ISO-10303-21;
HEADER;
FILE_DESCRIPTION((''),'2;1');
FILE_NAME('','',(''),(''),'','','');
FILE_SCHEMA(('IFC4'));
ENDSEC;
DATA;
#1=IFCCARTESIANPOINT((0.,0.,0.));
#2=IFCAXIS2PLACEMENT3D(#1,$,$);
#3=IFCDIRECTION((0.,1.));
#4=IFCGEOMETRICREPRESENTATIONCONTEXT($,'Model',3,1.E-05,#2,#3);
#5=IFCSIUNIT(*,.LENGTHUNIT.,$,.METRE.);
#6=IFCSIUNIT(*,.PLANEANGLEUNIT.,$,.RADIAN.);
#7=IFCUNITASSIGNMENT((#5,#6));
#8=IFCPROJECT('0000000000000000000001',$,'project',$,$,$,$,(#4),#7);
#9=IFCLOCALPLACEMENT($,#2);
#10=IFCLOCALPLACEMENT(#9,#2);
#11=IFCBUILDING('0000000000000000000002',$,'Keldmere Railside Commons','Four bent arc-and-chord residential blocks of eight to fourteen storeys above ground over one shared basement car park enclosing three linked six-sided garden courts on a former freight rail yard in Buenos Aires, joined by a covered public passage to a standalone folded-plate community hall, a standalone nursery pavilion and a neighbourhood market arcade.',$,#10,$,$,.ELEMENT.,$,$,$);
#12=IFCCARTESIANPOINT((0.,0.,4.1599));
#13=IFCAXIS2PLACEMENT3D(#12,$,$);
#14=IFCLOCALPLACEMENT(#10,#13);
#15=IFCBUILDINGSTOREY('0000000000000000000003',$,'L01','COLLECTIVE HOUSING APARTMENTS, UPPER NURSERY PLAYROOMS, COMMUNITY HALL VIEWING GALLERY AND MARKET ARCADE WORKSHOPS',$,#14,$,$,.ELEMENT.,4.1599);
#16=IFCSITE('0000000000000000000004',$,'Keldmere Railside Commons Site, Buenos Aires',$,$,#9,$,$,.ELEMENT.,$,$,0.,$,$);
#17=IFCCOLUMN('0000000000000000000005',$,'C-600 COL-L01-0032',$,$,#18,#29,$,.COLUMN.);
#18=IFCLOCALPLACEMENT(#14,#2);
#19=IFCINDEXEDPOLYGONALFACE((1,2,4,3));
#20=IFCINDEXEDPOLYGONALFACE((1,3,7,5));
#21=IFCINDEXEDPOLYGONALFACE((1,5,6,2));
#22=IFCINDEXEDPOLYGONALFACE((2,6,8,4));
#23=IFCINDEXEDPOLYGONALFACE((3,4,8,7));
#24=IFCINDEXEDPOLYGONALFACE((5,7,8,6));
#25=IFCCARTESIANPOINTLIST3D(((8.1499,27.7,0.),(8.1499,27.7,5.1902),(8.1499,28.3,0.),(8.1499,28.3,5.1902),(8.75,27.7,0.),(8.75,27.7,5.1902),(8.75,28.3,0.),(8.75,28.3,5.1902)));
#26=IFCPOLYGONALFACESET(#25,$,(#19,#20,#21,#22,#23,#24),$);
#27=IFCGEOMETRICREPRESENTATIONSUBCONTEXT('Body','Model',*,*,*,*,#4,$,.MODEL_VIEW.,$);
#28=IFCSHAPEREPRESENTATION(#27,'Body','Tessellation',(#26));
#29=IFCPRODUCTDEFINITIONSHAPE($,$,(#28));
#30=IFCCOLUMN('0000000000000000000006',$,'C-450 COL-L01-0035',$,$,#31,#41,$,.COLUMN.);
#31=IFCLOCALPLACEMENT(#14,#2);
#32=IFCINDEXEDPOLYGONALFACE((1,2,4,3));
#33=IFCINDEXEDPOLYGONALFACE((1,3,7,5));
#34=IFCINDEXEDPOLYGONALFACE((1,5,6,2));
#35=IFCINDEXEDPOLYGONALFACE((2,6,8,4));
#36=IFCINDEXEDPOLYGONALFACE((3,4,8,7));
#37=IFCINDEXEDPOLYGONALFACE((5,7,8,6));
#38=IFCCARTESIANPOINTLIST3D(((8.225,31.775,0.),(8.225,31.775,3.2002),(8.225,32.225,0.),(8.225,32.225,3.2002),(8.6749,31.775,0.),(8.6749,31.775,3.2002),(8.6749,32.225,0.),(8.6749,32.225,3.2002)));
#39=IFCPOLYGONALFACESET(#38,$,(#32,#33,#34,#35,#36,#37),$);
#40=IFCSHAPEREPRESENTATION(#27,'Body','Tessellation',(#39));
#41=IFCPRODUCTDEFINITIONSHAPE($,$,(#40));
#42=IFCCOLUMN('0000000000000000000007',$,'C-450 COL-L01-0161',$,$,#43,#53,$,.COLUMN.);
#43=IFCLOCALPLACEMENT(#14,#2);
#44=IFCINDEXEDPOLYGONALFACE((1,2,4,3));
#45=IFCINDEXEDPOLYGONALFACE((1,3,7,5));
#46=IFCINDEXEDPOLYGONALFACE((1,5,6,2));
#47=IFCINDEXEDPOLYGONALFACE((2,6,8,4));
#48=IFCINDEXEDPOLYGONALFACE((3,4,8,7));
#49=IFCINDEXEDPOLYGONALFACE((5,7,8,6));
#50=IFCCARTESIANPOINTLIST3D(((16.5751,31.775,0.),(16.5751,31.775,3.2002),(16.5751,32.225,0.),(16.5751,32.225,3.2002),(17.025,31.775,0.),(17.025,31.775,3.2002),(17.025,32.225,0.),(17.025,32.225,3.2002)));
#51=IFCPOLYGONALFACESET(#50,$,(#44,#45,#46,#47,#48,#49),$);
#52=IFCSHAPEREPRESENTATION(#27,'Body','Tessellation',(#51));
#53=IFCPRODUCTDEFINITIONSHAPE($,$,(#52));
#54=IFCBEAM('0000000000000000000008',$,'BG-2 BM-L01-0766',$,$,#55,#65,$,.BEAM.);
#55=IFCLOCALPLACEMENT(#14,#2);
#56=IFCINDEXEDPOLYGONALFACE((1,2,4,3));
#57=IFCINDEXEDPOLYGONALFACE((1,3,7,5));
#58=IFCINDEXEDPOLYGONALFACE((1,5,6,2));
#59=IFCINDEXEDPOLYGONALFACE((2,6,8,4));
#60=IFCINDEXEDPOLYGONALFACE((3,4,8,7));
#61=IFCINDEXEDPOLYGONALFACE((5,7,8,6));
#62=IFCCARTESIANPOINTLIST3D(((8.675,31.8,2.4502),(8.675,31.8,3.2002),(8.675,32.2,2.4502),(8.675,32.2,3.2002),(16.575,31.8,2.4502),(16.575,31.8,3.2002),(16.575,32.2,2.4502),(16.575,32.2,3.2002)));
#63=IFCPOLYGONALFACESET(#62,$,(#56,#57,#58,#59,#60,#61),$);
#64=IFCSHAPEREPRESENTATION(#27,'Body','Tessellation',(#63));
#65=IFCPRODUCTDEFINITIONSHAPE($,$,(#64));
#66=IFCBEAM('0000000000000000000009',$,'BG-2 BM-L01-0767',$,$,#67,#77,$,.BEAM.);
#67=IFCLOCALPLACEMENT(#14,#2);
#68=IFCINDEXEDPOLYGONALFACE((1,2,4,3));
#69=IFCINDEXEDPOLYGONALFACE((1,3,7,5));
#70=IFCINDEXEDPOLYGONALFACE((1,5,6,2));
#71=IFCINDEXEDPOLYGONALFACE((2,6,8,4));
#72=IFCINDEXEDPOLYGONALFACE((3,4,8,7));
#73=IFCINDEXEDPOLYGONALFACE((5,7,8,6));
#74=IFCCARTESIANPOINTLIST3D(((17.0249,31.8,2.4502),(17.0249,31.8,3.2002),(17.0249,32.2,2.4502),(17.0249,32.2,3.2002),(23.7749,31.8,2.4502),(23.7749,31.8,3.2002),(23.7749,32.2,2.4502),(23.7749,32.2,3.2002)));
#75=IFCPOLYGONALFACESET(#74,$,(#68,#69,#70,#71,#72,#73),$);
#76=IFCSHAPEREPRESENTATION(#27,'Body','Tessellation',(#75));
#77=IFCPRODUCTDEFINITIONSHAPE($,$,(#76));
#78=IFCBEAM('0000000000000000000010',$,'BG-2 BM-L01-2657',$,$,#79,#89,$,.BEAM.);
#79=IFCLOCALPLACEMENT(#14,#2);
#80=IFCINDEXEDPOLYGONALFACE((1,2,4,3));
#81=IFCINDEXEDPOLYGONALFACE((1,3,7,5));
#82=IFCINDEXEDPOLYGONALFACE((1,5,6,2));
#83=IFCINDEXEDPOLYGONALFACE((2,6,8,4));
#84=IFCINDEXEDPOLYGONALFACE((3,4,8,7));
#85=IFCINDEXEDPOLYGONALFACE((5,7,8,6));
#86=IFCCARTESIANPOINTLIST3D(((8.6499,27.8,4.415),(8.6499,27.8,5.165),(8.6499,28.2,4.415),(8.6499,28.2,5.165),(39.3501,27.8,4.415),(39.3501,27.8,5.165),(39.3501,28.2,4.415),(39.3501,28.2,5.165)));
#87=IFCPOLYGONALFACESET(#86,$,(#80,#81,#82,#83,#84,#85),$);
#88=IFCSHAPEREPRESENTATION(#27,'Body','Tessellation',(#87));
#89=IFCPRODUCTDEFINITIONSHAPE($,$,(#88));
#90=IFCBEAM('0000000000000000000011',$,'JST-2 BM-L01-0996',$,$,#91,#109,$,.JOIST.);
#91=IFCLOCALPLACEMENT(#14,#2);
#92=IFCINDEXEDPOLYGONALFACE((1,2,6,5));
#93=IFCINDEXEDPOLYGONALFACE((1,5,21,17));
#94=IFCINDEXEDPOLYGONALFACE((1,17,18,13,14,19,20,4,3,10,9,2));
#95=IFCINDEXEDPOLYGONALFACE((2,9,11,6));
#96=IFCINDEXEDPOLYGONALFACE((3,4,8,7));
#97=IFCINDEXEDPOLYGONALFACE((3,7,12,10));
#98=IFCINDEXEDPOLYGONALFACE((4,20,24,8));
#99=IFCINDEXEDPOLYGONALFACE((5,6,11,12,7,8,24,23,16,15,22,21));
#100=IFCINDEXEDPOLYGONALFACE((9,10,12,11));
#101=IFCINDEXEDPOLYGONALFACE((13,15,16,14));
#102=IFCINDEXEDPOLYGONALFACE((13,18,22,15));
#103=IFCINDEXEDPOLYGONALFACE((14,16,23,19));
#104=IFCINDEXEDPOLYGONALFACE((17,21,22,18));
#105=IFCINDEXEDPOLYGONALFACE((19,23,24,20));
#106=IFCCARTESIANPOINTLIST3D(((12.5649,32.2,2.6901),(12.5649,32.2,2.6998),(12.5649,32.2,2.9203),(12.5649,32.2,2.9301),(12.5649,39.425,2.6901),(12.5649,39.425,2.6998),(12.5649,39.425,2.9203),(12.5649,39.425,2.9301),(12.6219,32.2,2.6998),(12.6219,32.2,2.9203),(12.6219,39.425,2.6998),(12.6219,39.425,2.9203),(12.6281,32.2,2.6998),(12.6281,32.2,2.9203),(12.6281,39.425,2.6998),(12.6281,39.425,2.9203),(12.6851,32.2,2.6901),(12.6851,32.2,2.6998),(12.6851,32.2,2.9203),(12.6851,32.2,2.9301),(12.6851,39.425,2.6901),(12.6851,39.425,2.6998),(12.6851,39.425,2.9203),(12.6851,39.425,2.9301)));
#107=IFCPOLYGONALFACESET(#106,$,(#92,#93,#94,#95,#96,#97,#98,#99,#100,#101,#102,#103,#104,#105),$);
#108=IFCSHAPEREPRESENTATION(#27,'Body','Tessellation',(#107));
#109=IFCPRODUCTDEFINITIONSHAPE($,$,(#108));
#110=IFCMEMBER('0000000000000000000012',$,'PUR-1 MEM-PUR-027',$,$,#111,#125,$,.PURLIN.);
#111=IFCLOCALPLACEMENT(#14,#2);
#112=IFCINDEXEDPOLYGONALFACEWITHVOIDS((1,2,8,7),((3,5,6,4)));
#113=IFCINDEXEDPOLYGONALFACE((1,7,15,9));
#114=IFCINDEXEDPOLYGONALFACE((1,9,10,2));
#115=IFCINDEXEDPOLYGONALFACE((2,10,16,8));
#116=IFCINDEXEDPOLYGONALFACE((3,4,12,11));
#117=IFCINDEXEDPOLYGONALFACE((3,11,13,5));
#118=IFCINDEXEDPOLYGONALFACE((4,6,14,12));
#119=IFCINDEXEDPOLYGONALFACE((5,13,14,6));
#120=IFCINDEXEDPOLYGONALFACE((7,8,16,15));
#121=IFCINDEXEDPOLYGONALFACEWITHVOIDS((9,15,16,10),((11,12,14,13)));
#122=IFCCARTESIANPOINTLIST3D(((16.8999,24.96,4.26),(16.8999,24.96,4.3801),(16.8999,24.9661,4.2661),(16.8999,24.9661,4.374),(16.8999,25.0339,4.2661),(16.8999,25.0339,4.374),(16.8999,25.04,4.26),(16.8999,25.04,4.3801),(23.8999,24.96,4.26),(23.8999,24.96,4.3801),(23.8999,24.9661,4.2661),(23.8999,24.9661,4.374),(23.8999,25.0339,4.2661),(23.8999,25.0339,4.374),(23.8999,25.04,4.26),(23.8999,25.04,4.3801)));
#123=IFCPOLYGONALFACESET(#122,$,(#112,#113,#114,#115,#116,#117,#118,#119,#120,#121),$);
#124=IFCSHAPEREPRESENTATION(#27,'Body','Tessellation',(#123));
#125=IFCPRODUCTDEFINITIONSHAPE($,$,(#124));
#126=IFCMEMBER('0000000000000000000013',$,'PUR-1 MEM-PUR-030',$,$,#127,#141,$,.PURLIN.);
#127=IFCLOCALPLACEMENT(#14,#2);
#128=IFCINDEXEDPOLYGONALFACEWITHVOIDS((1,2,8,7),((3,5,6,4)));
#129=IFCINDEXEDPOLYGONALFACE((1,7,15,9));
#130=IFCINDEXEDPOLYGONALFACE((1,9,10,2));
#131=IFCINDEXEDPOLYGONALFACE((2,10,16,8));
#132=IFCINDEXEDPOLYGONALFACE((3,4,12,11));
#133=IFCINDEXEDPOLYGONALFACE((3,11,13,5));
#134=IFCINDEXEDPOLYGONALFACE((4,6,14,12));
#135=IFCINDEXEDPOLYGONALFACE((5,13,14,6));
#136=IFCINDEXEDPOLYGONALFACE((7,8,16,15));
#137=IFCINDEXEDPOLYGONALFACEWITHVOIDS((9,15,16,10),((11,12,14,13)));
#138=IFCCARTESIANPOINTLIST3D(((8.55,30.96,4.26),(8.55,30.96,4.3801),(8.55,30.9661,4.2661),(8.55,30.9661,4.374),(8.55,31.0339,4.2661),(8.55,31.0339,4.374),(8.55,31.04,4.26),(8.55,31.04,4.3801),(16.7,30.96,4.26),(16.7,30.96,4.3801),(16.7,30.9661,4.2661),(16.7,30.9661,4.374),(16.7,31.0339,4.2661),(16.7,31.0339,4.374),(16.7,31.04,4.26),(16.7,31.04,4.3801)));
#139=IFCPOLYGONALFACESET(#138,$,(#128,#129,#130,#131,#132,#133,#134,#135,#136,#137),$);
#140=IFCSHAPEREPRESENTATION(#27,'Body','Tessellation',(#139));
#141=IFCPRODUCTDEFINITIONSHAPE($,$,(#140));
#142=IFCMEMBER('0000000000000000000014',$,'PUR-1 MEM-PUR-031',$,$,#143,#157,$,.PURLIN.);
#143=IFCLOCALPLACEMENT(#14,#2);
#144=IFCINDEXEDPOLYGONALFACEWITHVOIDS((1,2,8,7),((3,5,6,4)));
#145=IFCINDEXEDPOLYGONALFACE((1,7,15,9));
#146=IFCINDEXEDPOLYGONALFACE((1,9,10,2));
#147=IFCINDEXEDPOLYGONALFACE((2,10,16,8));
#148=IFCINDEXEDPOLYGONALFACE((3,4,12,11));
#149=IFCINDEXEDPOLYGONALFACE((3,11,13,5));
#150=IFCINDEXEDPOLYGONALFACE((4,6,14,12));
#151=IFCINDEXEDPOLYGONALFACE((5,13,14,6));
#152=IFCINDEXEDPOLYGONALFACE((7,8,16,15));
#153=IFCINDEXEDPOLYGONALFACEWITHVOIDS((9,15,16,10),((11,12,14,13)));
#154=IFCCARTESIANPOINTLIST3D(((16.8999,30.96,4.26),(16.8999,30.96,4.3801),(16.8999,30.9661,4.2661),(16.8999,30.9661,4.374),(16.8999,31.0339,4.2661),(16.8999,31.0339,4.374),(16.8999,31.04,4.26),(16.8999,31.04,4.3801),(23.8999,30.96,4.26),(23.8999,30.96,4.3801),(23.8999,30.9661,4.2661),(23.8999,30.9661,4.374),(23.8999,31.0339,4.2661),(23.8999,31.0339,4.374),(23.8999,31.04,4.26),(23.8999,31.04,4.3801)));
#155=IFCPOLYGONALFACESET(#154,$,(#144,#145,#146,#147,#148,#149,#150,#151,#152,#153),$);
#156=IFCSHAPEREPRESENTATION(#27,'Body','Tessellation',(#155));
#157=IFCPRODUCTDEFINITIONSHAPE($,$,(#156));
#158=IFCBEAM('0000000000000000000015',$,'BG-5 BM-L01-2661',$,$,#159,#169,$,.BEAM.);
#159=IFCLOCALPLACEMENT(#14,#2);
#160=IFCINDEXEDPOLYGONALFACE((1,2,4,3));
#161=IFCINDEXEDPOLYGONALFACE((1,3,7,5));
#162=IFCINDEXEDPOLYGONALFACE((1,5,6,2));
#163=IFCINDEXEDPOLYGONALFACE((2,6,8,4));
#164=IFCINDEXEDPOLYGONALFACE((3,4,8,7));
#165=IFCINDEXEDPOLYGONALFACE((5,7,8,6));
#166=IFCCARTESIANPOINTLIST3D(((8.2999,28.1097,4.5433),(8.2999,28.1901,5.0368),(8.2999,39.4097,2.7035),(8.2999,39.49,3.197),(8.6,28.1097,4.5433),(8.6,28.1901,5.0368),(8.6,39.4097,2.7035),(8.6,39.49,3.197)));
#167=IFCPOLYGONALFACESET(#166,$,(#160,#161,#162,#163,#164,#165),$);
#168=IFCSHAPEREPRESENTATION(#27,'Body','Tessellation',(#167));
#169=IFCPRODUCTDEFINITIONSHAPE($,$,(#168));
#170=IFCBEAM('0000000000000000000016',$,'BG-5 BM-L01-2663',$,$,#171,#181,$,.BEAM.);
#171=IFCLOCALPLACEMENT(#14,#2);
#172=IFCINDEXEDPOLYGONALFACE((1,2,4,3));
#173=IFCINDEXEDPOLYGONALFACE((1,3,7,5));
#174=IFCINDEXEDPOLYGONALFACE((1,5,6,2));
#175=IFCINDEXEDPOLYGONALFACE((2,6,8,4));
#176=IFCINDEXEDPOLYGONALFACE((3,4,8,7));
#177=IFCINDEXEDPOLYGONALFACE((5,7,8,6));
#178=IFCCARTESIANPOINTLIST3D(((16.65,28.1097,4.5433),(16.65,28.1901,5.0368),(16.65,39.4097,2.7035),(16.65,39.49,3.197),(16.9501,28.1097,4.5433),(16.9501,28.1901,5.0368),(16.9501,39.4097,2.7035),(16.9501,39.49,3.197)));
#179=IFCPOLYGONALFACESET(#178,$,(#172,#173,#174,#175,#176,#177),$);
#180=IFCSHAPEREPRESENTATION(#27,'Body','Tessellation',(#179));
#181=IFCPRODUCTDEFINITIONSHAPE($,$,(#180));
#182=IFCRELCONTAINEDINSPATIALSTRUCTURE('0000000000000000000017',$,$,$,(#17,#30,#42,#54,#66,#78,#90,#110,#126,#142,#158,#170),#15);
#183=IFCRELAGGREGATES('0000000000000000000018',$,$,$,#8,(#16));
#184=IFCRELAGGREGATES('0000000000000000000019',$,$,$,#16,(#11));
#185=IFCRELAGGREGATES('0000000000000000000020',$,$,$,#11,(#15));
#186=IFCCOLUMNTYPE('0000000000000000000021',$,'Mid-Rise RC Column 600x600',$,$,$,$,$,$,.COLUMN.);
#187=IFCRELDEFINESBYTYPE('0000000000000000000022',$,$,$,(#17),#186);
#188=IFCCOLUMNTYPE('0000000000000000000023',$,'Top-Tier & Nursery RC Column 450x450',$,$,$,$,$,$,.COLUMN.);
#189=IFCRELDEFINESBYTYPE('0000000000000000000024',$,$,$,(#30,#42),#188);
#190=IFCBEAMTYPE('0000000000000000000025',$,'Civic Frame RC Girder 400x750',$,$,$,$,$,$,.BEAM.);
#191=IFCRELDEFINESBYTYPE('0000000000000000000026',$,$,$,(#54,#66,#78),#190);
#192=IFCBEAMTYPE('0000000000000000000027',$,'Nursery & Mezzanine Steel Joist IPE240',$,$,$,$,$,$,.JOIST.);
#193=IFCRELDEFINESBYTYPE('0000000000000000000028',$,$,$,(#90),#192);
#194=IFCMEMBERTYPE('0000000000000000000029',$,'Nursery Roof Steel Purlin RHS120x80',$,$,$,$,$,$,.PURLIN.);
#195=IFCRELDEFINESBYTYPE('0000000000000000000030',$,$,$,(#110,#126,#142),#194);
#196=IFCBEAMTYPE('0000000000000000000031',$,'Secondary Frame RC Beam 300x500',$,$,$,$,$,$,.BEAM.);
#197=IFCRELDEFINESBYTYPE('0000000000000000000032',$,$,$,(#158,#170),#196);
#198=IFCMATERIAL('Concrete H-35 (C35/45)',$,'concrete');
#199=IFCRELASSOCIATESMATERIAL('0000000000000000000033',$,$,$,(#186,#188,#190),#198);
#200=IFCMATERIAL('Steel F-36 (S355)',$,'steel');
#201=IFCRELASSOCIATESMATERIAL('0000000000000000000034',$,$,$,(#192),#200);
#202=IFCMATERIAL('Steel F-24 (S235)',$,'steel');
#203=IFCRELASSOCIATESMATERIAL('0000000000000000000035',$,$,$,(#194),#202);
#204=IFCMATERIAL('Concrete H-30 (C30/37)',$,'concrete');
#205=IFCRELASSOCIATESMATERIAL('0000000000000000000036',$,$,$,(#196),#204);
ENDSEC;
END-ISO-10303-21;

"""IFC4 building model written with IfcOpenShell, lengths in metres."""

from ifc_helpers import new_model, si_unit, direction, frame, origin, origin_2d, place, context, subcontext, project, spatial, rectangle, hollow_rectangle, i_section, extrude, material, material_profile, profile_set, type_object, element, save


model = new_model("IFC4")

# Units and contexts
model_context = context("Model", 3, precision=1e-05, world=origin(), true_north=direction((0.0, 1.0)))
body_context = subcontext(model_context, "Body", "Model", "MODEL_VIEW")
ifc_project = project(units=[si_unit("LENGTHUNIT", "METRE"), si_unit("PLANEANGLEUNIT", "RADIAN")], contexts=[model_context])

# Site, building, storey
site_placement = place(None, origin())
site = spatial("IfcSite", under=ifc_project, at=site_placement, Name="Keldmere Railside Commons Site, Buenos Aires", CompositionType="ELEMENT", RefElevation=0.0)
building_placement = place(site_placement, origin())
building = spatial("IfcBuilding", under=site, at=building_placement, Name="Keldmere Railside Commons", Description="Four bent arc-and-chord residential blocks of eight to fourteen storeys above ground over one shared basement car park enclosing three linked six-sided garden courts on a former freight rail yard in Buenos Aires, joined by a covered public passage to a standalone folded-plate community hall, a standalone nursery pavilion and a neighbourhood market arcade.", CompositionType="ELEMENT")
storey_placement = place(building_placement, frame((0.0, 0.0, 4.1599)))
storey = spatial("IfcBuildingStorey", under=building, at=storey_placement, Name="L01", Description="COLLECTIVE HOUSING APARTMENTS, UPPER NURSERY PLAYROOMS, COMMUNITY HALL VIEWING GALLERY AND MARKET ARCADE WORKSHOPS", CompositionType="ELEMENT", Elevation=4.1599)

# Columns
ifc_material_1 = material(Name="Concrete H-35 (C35/45)", Category="concrete")
ifc_material_profile_1 = material_profile(ifc_material_1, rectangle(XDim=0.6001, YDim=0.6001, at=origin_2d()), Name="RC-600x600")
ifc_profile_set_1 = profile_set([ifc_material_profile_1], Name="Concrete H-35 (C35/45)")
column_type_1 = type_object("IfcColumnType", Name="Mid-Rise RC Column 600x600", PredefinedType="COLUMN", material=ifc_profile_set_1)
column_placement = place(storey_placement, frame((8.45, 28.0, 0.0), z_axis=(0.0, 0.0, 1.0), x_axis=(1.0, 0.0, 0.0)))
element("IfcColumn", 1, at=column_placement, inside=storey, type_object=column_type_1, Name="C-600 COL-L01-0032", PredefinedType="COLUMN", context=body_context, shape_type="SweptSolid", body=[
    extrude(rectangle(XDim=0.6001, YDim=0.6001, at=origin_2d()), origin(), (0.0, 0.0, 1.0), 5.1902),
])
ifc_material_profile_2 = material_profile(ifc_material_1, rectangle(XDim=0.45, YDim=0.45, at=origin_2d()), Name="RC-450x450")
ifc_profile_set_2 = profile_set([ifc_material_profile_2], Name="Concrete H-35 (C35/45)")
column_type_2 = type_object("IfcColumnType", Name="Top-Tier & Nursery RC Column 450x450", PredefinedType="COLUMN", material=ifc_profile_set_2)
for number, where, z_axis, x_axis, name in (
    (2, (8.45, 32.0, 0.0), (0.0, 0.0, 1.0), (1.0, 0.0, 0.0), "C-450 COL-L01-0035"),
    (3, (16.8, 32.0, 0.0), (0.0, 0.0, 1.0), (1.0, 0.0, 0.0), "C-450 COL-L01-0161"),
):
    element("IfcColumn", number, at=place(storey_placement, frame(where, z_axis=z_axis, x_axis=x_axis)), inside=storey, type_object=column_type_2, Name=name, PredefinedType="COLUMN", context=body_context, shape_type="SweptSolid", body=[
        extrude(rectangle(XDim=0.45, YDim=0.45, at=origin_2d()), origin(), (0.0, 0.0, 1.0), 3.2002),
    ])

# Beams
ifc_material_profile_3 = material_profile(ifc_material_1, rectangle(XDim=0.3999, YDim=0.75, at=origin_2d()), Name="RC-400x750")
ifc_profile_set_3 = profile_set([ifc_material_profile_3], Name="Concrete H-35 (C35/45)")
beam_type_1 = type_object("IfcBeamType", Name="Civic Frame RC Girder 400x750", PredefinedType="BEAM", material=ifc_profile_set_3)
beam_1_placement = place(storey_placement, frame((8.675, 32.0, 2.8252), z_axis=(1.0, 0.0, 0.0), x_axis=(0.0, 1.0, 0.0)))
element("IfcBeam", 4, at=beam_1_placement, inside=storey, type_object=beam_type_1, Name="BG-2 BM-L01-0766", PredefinedType="BEAM", context=body_context, shape_type="SweptSolid", body=[
    extrude(rectangle(XDim=0.3999, YDim=0.75, at=origin_2d()), origin(), (0.0, 0.0, 1.0), 7.8999),
])
beam_2_placement = place(storey_placement, frame((17.0249, 32.0, 2.8252), z_axis=(1.0, 0.0, 0.0), x_axis=(0.0, 1.0, 0.0)))
element("IfcBeam", 5, at=beam_2_placement, inside=storey, type_object=beam_type_1, Name="BG-2 BM-L01-0767", PredefinedType="BEAM", context=body_context, shape_type="SweptSolid", body=[
    extrude(rectangle(XDim=0.3999, YDim=0.75, at=origin_2d()), origin(), (0.0, 0.0, 1.0), 6.75),
])
beam_3_placement = place(storey_placement, frame((8.6499, 28.0, 4.79), z_axis=(1.0, 0.0, 0.0), x_axis=(0.0, 1.0, 0.0)))
element("IfcBeam", 6, at=beam_3_placement, inside=storey, type_object=beam_type_1, Name="BG-2 BM-L01-2657", PredefinedType="BEAM", context=body_context, shape_type="SweptSolid", body=[
    extrude(rectangle(XDim=0.3999, YDim=0.75, at=origin_2d()), origin(), (0.0, 0.0, 1.0), 30.7002),
])
ifc_material_2 = material(Name="Steel F-36 (S355)", Category="steel")
ifc_material_profile_4 = material_profile(ifc_material_2, i_section(OverallWidth=0.1201, OverallDepth=0.24, WebThickness=0.0061, FlangeThickness=0.0098, at=origin_2d()), Name="IPE-240")
ifc_profile_set_4 = profile_set([ifc_material_profile_4], Name="Steel F-36 (S355)")
beam_type_2 = type_object("IfcBeamType", Name="Nursery & Mezzanine Steel Joist IPE240", PredefinedType="JOIST", material=ifc_profile_set_4)
beam_4_placement = place(storey_placement, frame((12.625, 32.2, 2.8101), z_axis=(0.0, 1.0, 0.0), x_axis=(-1.0, 0.0, 0.0)))
element("IfcBeam", 7, at=beam_4_placement, inside=storey, type_object=beam_type_2, Name="JST-2 BM-L01-0996", PredefinedType="JOIST", context=body_context, shape_type="SweptSolid", body=[
    extrude(i_section(OverallWidth=0.1201, OverallDepth=0.24, WebThickness=0.0061, FlangeThickness=0.0098, at=origin_2d()), origin(), (0.0, 0.0, 1.0), 7.2251),
])

# Members
ifc_material_3 = material(Name="Steel F-24 (S235)", Category="steel")
ifc_material_profile_5 = material_profile(ifc_material_3, hollow_rectangle(XDim=0.0801, YDim=0.1201, WallThickness=0.0061, at=origin_2d()), Name="RHS-120x80x6")
ifc_profile_set_5 = profile_set([ifc_material_profile_5], Name="Steel F-24 (S235)")
member_type = type_object("IfcMemberType", Name="Nursery Roof Steel Purlin RHS120x80", PredefinedType="PURLIN", material=ifc_profile_set_5)
member_1_placement = place(storey_placement, frame((16.8999, 25.0, 4.3201), z_axis=(1.0, 0.0, 0.0), x_axis=(0.0, 1.0, 0.0)))
element("IfcMember", 8, at=member_1_placement, inside=storey, type_object=member_type, Name="PUR-1 MEM-PUR-027", PredefinedType="PURLIN", context=body_context, shape_type="SweptSolid", body=[
    extrude(hollow_rectangle(XDim=0.0801, YDim=0.1201, WallThickness=0.0061, at=origin_2d()), origin(), (0.0, 0.0, 1.0), 7.0),
])
member_2_placement = place(storey_placement, frame((8.55, 31.0, 4.3201), z_axis=(1.0, 0.0, 0.0), x_axis=(0.0, 1.0, 0.0)))
element("IfcMember", 9, at=member_2_placement, inside=storey, type_object=member_type, Name="PUR-1 MEM-PUR-030", PredefinedType="PURLIN", context=body_context, shape_type="SweptSolid", body=[
    extrude(hollow_rectangle(XDim=0.0801, YDim=0.1201, WallThickness=0.0061, at=origin_2d()), origin(), (0.0, 0.0, 1.0), 8.1499),
])
member_3_placement = place(storey_placement, frame((16.8999, 31.0, 4.3201), z_axis=(1.0, 0.0, 0.0), x_axis=(0.0, 1.0, 0.0)))
element("IfcMember", 10, at=member_3_placement, inside=storey, type_object=member_type, Name="PUR-1 MEM-PUR-031", PredefinedType="PURLIN", context=body_context, shape_type="SweptSolid", body=[
    extrude(hollow_rectangle(XDim=0.0801, YDim=0.1201, WallThickness=0.0061, at=origin_2d()), origin(), (0.0, 0.0, 1.0), 7.0),
])

# Beams
ifc_material_4 = material(Name="Concrete H-30 (C30/37)", Category="concrete")
ifc_material_profile_6 = material_profile(ifc_material_4, rectangle(XDim=0.3, YDim=0.5, at=origin_2d()), Name="RC-300x500")
ifc_profile_set_6 = profile_set([ifc_material_profile_6], Name="Concrete H-30 (C30/37)")
beam_type_3 = type_object("IfcBeamType", Name="Secondary Frame RC Beam 300x500", PredefinedType="BEAM", material=ifc_profile_set_6)
for number, where, z_axis, x_axis, name in (
    (11, (8.45, 28.1499, 4.79), (0.0, 0.987003, -0.160701), (-1.0, 0.0, 0.0), "BG-5 BM-L01-2661"),
    (12, (16.8, 28.1499, 4.79), (0.0, 0.987003, -0.160701), (-1.0, 0.0, 0.0), "BG-5 BM-L01-2663"),
):
    element("IfcBeam", number, at=place(storey_placement, frame(where, z_axis=z_axis, x_axis=x_axis)), inside=storey, type_object=beam_type_3, Name=name, PredefinedType="BEAM", context=body_context, shape_type="SweptSolid", body=[
        extrude(rectangle(XDim=0.3, YDim=0.5, at=origin_2d()), origin(), (0.0, 0.0, 1.0), 11.4487),
    ])

save(model, "model.ifc")
